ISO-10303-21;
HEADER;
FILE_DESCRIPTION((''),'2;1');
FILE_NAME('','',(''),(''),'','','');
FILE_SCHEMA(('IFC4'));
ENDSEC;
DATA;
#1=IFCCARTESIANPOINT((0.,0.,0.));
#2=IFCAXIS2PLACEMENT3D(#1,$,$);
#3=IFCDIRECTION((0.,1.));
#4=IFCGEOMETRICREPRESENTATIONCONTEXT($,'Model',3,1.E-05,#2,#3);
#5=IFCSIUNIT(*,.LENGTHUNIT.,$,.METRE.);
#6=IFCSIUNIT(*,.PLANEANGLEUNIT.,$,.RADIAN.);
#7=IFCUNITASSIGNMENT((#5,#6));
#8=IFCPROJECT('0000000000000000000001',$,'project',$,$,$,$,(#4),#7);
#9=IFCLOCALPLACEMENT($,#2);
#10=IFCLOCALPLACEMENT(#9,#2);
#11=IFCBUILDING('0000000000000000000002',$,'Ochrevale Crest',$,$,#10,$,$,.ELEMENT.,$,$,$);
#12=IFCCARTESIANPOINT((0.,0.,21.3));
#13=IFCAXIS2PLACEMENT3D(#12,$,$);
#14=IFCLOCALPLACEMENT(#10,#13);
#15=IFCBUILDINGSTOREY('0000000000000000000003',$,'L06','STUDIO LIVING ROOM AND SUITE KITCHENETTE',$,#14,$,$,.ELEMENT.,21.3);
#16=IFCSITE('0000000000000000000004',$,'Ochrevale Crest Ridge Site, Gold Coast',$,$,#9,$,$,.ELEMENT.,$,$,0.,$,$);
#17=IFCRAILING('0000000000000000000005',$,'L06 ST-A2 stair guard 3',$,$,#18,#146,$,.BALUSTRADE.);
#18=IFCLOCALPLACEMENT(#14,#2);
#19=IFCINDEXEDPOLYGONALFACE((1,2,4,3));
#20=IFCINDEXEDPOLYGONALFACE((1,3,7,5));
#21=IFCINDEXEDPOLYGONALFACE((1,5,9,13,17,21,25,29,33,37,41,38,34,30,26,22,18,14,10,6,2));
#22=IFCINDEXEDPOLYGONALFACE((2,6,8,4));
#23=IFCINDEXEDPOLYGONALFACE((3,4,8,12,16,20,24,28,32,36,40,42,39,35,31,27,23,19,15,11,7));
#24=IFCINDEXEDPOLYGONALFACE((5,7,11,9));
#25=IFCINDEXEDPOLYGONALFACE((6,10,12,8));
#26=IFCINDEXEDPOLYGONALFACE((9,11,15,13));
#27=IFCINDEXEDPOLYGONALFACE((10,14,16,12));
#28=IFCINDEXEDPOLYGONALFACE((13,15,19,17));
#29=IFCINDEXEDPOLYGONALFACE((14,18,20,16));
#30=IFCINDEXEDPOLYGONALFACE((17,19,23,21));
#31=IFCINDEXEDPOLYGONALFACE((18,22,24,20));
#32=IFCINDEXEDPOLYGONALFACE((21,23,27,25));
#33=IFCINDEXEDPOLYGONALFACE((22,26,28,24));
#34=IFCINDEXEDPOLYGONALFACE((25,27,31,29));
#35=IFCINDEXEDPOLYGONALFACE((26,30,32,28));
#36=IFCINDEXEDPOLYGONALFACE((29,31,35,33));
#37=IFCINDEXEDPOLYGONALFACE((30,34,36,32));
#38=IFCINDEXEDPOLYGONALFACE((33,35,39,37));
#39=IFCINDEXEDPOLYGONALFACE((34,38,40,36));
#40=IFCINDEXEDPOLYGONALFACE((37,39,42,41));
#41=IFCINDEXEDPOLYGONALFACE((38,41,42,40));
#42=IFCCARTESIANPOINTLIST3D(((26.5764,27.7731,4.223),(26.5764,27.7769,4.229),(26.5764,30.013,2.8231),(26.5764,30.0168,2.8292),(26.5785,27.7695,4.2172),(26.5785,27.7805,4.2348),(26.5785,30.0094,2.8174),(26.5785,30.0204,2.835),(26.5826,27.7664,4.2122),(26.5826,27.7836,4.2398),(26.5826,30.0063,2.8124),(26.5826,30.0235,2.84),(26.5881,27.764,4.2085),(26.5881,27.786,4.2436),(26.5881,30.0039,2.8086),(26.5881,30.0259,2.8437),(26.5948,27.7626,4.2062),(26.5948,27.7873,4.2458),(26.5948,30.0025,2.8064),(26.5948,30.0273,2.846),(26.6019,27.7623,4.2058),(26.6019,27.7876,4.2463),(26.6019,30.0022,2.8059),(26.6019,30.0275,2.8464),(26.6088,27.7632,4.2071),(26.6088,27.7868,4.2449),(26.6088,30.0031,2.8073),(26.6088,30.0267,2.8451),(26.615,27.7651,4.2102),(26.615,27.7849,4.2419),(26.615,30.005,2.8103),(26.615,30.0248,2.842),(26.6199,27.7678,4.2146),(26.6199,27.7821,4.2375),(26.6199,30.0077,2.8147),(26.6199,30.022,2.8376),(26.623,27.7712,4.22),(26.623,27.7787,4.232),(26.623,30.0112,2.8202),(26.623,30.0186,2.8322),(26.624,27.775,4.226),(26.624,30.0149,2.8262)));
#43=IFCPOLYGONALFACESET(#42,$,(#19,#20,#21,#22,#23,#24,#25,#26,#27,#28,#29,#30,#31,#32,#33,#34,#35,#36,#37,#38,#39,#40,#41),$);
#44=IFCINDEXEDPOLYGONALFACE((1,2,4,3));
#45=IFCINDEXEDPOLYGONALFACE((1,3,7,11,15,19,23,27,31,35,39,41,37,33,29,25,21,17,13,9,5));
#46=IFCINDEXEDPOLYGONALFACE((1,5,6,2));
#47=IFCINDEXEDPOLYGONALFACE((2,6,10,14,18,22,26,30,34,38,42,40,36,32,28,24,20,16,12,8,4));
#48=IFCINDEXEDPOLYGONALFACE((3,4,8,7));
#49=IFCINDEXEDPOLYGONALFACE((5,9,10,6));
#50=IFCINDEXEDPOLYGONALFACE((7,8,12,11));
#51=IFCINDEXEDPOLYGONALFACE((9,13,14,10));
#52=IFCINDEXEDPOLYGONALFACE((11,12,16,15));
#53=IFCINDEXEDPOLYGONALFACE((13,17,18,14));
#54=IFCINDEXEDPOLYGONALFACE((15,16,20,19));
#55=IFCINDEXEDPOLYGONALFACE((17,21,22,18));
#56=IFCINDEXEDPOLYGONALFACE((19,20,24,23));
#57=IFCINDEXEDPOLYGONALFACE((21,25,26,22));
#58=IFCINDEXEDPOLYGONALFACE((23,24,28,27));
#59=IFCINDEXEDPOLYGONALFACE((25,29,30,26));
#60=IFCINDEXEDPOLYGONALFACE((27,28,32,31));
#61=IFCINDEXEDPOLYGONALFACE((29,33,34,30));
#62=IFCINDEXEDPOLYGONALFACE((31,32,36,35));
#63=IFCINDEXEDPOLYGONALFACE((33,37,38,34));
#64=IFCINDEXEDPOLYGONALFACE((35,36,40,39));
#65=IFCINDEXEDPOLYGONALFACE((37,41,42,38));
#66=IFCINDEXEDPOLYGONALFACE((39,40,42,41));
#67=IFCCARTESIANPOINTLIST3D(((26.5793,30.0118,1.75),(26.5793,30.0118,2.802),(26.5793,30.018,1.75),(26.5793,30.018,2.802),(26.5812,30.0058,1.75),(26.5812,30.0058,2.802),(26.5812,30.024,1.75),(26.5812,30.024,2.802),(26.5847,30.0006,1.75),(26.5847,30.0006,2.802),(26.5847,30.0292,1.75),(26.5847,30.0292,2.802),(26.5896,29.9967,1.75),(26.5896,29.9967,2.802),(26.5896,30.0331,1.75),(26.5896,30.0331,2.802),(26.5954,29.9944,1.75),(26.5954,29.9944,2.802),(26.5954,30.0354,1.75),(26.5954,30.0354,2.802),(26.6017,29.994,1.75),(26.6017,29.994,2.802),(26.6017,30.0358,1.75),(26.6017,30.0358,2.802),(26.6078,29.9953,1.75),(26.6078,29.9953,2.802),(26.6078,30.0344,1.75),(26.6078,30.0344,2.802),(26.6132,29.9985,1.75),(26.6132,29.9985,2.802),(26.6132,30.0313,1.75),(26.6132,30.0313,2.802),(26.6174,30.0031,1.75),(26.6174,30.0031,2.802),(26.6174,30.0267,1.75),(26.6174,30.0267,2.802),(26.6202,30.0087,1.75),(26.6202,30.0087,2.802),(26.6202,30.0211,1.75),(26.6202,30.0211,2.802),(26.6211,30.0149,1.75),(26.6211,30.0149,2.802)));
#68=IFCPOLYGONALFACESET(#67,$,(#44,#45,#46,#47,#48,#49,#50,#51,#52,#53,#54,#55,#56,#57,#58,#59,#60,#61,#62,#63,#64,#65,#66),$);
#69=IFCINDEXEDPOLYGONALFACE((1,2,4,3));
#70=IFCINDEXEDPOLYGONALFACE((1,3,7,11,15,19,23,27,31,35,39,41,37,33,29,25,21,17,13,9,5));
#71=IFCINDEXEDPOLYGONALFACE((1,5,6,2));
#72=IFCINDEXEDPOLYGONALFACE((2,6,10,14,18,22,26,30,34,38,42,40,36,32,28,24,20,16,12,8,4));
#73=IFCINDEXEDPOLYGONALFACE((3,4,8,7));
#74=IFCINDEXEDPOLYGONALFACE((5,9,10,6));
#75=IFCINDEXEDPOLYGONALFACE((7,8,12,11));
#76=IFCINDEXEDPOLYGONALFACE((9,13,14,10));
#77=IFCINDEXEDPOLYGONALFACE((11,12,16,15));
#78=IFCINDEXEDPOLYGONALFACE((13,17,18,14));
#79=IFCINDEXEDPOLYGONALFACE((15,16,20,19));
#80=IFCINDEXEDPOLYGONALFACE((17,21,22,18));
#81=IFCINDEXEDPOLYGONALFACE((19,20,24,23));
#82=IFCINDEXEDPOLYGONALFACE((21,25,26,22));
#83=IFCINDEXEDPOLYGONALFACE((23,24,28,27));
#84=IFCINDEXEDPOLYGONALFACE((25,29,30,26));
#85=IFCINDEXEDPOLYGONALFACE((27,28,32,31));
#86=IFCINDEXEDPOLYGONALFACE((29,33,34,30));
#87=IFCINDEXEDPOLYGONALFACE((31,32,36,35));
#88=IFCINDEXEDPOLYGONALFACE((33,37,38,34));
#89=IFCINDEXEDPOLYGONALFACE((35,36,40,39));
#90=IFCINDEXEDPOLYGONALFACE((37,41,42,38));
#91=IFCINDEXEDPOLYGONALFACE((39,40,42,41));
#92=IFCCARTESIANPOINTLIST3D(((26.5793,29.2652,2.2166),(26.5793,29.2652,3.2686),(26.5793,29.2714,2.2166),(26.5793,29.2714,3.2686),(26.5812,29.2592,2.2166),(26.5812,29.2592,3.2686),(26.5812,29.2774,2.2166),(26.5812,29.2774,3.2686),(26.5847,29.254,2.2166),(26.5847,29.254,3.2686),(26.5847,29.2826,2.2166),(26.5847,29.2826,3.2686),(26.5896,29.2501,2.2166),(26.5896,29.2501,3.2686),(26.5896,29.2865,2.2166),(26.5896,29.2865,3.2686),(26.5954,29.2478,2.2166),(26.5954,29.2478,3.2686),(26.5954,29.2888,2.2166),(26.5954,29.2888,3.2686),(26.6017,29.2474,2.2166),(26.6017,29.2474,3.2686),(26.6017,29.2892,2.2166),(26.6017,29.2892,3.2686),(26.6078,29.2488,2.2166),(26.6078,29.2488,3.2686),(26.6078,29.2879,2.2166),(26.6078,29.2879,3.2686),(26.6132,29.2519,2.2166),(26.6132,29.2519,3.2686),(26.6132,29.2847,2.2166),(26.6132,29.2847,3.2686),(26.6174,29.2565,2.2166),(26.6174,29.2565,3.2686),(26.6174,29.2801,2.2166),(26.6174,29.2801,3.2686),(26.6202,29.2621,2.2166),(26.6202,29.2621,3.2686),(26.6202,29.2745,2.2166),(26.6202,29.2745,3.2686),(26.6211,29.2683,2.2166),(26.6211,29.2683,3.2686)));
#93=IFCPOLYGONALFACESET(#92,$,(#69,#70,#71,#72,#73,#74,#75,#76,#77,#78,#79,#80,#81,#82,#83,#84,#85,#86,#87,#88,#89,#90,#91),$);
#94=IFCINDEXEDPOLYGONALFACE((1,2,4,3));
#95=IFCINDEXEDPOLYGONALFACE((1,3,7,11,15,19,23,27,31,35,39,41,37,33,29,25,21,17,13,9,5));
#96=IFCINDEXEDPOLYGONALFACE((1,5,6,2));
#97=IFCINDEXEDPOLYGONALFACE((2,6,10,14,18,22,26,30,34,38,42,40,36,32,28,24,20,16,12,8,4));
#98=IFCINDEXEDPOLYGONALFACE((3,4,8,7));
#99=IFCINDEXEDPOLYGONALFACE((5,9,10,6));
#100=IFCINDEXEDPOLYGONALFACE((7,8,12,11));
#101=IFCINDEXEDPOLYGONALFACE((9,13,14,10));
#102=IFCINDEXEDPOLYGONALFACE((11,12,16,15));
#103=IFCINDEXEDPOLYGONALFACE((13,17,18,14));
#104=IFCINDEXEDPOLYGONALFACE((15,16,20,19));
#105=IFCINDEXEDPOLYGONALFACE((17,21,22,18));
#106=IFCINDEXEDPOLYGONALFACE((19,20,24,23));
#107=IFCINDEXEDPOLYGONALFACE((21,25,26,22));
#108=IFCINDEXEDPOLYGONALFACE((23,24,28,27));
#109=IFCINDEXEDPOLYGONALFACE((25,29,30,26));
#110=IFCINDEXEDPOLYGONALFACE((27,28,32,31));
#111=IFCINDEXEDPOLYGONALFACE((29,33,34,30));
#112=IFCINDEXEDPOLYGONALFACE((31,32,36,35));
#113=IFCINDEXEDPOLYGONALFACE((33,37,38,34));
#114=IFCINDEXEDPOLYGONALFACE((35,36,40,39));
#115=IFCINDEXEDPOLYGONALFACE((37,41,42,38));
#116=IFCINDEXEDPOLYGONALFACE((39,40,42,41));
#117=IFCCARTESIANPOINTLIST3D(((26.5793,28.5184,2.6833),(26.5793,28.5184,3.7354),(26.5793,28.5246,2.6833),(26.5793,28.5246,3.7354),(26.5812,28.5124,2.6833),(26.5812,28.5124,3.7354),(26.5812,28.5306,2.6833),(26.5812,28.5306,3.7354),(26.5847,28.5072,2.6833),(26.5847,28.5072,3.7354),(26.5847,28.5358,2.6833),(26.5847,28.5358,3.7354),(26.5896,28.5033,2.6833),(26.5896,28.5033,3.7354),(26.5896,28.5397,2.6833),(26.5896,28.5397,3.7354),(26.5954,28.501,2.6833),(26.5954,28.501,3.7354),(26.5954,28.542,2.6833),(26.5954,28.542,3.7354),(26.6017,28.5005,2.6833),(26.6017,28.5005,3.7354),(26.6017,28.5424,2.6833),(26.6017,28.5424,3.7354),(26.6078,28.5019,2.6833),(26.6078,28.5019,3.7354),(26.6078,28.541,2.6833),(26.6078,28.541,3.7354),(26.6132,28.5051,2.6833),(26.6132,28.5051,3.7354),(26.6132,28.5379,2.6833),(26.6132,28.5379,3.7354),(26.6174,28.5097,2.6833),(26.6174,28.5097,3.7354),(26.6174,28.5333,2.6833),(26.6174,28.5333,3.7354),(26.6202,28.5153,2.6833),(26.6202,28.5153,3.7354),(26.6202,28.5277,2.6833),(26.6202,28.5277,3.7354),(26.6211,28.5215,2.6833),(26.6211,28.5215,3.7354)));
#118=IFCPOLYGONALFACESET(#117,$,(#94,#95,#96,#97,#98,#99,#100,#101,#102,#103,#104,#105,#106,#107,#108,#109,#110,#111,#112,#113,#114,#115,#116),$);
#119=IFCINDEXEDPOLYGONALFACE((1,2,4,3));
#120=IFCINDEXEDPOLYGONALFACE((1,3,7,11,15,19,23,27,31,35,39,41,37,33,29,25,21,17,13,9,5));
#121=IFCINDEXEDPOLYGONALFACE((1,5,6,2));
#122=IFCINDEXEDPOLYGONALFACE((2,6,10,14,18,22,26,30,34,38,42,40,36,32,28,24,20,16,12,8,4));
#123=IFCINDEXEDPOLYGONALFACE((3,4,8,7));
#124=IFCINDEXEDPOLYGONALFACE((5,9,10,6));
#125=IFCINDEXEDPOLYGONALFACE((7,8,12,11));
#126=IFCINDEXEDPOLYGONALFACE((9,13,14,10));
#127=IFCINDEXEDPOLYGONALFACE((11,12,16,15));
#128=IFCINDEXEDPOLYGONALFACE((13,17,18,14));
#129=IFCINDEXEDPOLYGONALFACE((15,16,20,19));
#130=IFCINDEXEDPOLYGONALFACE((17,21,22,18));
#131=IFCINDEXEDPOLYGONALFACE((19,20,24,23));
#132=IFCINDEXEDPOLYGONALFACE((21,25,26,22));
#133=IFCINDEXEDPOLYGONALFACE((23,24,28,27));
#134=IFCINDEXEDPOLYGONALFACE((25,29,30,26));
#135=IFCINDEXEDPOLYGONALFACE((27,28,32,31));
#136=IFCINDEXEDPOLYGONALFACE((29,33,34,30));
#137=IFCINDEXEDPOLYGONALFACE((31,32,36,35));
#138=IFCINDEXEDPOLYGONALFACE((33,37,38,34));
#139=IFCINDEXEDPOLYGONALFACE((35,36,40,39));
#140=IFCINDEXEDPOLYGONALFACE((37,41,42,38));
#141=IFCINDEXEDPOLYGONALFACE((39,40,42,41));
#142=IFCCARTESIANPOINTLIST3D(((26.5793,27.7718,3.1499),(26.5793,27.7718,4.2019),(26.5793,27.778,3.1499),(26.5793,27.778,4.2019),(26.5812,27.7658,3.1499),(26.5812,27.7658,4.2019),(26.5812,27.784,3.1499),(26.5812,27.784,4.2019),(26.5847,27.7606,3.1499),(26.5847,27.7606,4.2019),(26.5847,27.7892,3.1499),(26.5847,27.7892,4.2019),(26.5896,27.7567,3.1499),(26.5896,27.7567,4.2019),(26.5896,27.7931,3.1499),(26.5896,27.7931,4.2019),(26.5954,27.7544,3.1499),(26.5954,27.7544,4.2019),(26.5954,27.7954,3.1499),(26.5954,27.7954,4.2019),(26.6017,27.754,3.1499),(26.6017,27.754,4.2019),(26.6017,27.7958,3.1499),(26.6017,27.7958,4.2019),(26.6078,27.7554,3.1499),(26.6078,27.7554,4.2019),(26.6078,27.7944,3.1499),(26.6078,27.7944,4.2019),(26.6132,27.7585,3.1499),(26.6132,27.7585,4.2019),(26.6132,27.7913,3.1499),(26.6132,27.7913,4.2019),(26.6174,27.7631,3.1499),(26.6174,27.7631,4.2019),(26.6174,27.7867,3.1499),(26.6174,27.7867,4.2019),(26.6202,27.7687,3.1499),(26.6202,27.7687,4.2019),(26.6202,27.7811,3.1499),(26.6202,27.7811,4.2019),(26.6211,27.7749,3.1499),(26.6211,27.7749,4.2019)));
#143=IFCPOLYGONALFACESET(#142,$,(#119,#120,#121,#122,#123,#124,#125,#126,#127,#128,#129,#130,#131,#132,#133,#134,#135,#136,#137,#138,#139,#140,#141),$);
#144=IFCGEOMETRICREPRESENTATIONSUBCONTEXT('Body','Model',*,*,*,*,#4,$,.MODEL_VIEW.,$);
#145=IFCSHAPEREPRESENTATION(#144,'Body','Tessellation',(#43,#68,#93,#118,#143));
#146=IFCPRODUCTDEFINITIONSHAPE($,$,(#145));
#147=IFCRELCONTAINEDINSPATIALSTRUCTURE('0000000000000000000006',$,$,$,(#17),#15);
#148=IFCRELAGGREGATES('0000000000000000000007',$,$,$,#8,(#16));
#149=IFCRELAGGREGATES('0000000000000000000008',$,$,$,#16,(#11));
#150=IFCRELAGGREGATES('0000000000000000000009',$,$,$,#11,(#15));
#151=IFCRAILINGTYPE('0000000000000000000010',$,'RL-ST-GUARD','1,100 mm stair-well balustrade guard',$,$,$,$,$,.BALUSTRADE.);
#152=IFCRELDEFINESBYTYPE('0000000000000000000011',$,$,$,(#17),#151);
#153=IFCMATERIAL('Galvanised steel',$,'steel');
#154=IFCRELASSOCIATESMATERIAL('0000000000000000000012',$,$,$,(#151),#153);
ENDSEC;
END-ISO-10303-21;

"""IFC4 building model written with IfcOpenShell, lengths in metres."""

from ifc_helpers import new_model, si_unit, direction, frame, origin, origin_2d, place, context, subcontext, project, spatial, circle, extrude, material, type_object, element, save


model = new_model("IFC4")

# Units and contexts
model_context = context("Model", 3, precision=1e-05, world=origin(), true_north=direction((0.0, 1.0)))
body_context = subcontext(model_context, "Body", "Model", "MODEL_VIEW")
ifc_project = project(units=[si_unit("LENGTHUNIT", "METRE"), si_unit("PLANEANGLEUNIT", "RADIAN")], contexts=[model_context])

# Site, building, storey
site_placement = place(None, origin())
site = spatial("IfcSite", under=ifc_project, at=site_placement, Name="Ochrevale Crest Ridge Site, Gold Coast", CompositionType="ELEMENT", RefElevation=0.0)
building_placement = place(site_placement, origin())
building = spatial("IfcBuilding", under=site, at=building_placement, Name="Ochrevale Crest", CompositionType="ELEMENT")
storey_placement = place(building_placement, frame((0.0, 0.0, 21.3)))
storey = spatial("IfcBuildingStorey", under=building, at=storey_placement, Name="L06", Description="STUDIO LIVING ROOM AND SUITE KITCHENETTE", CompositionType="ELEMENT", Elevation=21.3)

# Railing
ifc_material_1 = material(Name="Galvanised steel", Category="steel")
railing_type_1 = type_object("IfcRailingType", Name="RL-ST-GUARD", Description="1,100 mm stair-well balustrade guard", PredefinedType="BALUSTRADE", material=ifc_material_1)
railing_1_placement = place(storey_placement, frame((26.6001, 30.0149, 1.75)))
element("IfcRailing", 1, at=railing_1_placement, inside=storey, type_object=railing_type_1, Name="L06 ST-A2 stair guard 3", PredefinedType="BALUSTRADE", context=body_context, shape_type="SweptSolid", body=[
    extrude(circle(Radius=0.0239, at=origin_2d()), frame((0.0, 0.0, 1.0762), z_axis=(0.0, -0.848014, 0.529974), x_axis=(1.0, 0.0, 0.0)), (0.0, 0.0, 1.0), 2.6414),
    extrude(circle(Radius=0.021, at=origin_2d()), origin(), (0.0, 0.0, 1.0), 1.052),
    extrude(circle(Radius=0.021, at=origin_2d()), frame((0.0, -0.7466, 0.4666)), (0.0, 0.0, 1.0), 1.052),
    extrude(circle(Radius=0.021, at=origin_2d()), frame((0.0, -1.4934, 0.9333)), (0.0, 0.0, 1.0), 1.052),
    extrude(circle(Radius=0.021, at=origin_2d()), frame((0.0, -2.24, 1.3999)), (0.0, 0.0, 1.0), 1.052),
])

save(model, "model.ifc")
